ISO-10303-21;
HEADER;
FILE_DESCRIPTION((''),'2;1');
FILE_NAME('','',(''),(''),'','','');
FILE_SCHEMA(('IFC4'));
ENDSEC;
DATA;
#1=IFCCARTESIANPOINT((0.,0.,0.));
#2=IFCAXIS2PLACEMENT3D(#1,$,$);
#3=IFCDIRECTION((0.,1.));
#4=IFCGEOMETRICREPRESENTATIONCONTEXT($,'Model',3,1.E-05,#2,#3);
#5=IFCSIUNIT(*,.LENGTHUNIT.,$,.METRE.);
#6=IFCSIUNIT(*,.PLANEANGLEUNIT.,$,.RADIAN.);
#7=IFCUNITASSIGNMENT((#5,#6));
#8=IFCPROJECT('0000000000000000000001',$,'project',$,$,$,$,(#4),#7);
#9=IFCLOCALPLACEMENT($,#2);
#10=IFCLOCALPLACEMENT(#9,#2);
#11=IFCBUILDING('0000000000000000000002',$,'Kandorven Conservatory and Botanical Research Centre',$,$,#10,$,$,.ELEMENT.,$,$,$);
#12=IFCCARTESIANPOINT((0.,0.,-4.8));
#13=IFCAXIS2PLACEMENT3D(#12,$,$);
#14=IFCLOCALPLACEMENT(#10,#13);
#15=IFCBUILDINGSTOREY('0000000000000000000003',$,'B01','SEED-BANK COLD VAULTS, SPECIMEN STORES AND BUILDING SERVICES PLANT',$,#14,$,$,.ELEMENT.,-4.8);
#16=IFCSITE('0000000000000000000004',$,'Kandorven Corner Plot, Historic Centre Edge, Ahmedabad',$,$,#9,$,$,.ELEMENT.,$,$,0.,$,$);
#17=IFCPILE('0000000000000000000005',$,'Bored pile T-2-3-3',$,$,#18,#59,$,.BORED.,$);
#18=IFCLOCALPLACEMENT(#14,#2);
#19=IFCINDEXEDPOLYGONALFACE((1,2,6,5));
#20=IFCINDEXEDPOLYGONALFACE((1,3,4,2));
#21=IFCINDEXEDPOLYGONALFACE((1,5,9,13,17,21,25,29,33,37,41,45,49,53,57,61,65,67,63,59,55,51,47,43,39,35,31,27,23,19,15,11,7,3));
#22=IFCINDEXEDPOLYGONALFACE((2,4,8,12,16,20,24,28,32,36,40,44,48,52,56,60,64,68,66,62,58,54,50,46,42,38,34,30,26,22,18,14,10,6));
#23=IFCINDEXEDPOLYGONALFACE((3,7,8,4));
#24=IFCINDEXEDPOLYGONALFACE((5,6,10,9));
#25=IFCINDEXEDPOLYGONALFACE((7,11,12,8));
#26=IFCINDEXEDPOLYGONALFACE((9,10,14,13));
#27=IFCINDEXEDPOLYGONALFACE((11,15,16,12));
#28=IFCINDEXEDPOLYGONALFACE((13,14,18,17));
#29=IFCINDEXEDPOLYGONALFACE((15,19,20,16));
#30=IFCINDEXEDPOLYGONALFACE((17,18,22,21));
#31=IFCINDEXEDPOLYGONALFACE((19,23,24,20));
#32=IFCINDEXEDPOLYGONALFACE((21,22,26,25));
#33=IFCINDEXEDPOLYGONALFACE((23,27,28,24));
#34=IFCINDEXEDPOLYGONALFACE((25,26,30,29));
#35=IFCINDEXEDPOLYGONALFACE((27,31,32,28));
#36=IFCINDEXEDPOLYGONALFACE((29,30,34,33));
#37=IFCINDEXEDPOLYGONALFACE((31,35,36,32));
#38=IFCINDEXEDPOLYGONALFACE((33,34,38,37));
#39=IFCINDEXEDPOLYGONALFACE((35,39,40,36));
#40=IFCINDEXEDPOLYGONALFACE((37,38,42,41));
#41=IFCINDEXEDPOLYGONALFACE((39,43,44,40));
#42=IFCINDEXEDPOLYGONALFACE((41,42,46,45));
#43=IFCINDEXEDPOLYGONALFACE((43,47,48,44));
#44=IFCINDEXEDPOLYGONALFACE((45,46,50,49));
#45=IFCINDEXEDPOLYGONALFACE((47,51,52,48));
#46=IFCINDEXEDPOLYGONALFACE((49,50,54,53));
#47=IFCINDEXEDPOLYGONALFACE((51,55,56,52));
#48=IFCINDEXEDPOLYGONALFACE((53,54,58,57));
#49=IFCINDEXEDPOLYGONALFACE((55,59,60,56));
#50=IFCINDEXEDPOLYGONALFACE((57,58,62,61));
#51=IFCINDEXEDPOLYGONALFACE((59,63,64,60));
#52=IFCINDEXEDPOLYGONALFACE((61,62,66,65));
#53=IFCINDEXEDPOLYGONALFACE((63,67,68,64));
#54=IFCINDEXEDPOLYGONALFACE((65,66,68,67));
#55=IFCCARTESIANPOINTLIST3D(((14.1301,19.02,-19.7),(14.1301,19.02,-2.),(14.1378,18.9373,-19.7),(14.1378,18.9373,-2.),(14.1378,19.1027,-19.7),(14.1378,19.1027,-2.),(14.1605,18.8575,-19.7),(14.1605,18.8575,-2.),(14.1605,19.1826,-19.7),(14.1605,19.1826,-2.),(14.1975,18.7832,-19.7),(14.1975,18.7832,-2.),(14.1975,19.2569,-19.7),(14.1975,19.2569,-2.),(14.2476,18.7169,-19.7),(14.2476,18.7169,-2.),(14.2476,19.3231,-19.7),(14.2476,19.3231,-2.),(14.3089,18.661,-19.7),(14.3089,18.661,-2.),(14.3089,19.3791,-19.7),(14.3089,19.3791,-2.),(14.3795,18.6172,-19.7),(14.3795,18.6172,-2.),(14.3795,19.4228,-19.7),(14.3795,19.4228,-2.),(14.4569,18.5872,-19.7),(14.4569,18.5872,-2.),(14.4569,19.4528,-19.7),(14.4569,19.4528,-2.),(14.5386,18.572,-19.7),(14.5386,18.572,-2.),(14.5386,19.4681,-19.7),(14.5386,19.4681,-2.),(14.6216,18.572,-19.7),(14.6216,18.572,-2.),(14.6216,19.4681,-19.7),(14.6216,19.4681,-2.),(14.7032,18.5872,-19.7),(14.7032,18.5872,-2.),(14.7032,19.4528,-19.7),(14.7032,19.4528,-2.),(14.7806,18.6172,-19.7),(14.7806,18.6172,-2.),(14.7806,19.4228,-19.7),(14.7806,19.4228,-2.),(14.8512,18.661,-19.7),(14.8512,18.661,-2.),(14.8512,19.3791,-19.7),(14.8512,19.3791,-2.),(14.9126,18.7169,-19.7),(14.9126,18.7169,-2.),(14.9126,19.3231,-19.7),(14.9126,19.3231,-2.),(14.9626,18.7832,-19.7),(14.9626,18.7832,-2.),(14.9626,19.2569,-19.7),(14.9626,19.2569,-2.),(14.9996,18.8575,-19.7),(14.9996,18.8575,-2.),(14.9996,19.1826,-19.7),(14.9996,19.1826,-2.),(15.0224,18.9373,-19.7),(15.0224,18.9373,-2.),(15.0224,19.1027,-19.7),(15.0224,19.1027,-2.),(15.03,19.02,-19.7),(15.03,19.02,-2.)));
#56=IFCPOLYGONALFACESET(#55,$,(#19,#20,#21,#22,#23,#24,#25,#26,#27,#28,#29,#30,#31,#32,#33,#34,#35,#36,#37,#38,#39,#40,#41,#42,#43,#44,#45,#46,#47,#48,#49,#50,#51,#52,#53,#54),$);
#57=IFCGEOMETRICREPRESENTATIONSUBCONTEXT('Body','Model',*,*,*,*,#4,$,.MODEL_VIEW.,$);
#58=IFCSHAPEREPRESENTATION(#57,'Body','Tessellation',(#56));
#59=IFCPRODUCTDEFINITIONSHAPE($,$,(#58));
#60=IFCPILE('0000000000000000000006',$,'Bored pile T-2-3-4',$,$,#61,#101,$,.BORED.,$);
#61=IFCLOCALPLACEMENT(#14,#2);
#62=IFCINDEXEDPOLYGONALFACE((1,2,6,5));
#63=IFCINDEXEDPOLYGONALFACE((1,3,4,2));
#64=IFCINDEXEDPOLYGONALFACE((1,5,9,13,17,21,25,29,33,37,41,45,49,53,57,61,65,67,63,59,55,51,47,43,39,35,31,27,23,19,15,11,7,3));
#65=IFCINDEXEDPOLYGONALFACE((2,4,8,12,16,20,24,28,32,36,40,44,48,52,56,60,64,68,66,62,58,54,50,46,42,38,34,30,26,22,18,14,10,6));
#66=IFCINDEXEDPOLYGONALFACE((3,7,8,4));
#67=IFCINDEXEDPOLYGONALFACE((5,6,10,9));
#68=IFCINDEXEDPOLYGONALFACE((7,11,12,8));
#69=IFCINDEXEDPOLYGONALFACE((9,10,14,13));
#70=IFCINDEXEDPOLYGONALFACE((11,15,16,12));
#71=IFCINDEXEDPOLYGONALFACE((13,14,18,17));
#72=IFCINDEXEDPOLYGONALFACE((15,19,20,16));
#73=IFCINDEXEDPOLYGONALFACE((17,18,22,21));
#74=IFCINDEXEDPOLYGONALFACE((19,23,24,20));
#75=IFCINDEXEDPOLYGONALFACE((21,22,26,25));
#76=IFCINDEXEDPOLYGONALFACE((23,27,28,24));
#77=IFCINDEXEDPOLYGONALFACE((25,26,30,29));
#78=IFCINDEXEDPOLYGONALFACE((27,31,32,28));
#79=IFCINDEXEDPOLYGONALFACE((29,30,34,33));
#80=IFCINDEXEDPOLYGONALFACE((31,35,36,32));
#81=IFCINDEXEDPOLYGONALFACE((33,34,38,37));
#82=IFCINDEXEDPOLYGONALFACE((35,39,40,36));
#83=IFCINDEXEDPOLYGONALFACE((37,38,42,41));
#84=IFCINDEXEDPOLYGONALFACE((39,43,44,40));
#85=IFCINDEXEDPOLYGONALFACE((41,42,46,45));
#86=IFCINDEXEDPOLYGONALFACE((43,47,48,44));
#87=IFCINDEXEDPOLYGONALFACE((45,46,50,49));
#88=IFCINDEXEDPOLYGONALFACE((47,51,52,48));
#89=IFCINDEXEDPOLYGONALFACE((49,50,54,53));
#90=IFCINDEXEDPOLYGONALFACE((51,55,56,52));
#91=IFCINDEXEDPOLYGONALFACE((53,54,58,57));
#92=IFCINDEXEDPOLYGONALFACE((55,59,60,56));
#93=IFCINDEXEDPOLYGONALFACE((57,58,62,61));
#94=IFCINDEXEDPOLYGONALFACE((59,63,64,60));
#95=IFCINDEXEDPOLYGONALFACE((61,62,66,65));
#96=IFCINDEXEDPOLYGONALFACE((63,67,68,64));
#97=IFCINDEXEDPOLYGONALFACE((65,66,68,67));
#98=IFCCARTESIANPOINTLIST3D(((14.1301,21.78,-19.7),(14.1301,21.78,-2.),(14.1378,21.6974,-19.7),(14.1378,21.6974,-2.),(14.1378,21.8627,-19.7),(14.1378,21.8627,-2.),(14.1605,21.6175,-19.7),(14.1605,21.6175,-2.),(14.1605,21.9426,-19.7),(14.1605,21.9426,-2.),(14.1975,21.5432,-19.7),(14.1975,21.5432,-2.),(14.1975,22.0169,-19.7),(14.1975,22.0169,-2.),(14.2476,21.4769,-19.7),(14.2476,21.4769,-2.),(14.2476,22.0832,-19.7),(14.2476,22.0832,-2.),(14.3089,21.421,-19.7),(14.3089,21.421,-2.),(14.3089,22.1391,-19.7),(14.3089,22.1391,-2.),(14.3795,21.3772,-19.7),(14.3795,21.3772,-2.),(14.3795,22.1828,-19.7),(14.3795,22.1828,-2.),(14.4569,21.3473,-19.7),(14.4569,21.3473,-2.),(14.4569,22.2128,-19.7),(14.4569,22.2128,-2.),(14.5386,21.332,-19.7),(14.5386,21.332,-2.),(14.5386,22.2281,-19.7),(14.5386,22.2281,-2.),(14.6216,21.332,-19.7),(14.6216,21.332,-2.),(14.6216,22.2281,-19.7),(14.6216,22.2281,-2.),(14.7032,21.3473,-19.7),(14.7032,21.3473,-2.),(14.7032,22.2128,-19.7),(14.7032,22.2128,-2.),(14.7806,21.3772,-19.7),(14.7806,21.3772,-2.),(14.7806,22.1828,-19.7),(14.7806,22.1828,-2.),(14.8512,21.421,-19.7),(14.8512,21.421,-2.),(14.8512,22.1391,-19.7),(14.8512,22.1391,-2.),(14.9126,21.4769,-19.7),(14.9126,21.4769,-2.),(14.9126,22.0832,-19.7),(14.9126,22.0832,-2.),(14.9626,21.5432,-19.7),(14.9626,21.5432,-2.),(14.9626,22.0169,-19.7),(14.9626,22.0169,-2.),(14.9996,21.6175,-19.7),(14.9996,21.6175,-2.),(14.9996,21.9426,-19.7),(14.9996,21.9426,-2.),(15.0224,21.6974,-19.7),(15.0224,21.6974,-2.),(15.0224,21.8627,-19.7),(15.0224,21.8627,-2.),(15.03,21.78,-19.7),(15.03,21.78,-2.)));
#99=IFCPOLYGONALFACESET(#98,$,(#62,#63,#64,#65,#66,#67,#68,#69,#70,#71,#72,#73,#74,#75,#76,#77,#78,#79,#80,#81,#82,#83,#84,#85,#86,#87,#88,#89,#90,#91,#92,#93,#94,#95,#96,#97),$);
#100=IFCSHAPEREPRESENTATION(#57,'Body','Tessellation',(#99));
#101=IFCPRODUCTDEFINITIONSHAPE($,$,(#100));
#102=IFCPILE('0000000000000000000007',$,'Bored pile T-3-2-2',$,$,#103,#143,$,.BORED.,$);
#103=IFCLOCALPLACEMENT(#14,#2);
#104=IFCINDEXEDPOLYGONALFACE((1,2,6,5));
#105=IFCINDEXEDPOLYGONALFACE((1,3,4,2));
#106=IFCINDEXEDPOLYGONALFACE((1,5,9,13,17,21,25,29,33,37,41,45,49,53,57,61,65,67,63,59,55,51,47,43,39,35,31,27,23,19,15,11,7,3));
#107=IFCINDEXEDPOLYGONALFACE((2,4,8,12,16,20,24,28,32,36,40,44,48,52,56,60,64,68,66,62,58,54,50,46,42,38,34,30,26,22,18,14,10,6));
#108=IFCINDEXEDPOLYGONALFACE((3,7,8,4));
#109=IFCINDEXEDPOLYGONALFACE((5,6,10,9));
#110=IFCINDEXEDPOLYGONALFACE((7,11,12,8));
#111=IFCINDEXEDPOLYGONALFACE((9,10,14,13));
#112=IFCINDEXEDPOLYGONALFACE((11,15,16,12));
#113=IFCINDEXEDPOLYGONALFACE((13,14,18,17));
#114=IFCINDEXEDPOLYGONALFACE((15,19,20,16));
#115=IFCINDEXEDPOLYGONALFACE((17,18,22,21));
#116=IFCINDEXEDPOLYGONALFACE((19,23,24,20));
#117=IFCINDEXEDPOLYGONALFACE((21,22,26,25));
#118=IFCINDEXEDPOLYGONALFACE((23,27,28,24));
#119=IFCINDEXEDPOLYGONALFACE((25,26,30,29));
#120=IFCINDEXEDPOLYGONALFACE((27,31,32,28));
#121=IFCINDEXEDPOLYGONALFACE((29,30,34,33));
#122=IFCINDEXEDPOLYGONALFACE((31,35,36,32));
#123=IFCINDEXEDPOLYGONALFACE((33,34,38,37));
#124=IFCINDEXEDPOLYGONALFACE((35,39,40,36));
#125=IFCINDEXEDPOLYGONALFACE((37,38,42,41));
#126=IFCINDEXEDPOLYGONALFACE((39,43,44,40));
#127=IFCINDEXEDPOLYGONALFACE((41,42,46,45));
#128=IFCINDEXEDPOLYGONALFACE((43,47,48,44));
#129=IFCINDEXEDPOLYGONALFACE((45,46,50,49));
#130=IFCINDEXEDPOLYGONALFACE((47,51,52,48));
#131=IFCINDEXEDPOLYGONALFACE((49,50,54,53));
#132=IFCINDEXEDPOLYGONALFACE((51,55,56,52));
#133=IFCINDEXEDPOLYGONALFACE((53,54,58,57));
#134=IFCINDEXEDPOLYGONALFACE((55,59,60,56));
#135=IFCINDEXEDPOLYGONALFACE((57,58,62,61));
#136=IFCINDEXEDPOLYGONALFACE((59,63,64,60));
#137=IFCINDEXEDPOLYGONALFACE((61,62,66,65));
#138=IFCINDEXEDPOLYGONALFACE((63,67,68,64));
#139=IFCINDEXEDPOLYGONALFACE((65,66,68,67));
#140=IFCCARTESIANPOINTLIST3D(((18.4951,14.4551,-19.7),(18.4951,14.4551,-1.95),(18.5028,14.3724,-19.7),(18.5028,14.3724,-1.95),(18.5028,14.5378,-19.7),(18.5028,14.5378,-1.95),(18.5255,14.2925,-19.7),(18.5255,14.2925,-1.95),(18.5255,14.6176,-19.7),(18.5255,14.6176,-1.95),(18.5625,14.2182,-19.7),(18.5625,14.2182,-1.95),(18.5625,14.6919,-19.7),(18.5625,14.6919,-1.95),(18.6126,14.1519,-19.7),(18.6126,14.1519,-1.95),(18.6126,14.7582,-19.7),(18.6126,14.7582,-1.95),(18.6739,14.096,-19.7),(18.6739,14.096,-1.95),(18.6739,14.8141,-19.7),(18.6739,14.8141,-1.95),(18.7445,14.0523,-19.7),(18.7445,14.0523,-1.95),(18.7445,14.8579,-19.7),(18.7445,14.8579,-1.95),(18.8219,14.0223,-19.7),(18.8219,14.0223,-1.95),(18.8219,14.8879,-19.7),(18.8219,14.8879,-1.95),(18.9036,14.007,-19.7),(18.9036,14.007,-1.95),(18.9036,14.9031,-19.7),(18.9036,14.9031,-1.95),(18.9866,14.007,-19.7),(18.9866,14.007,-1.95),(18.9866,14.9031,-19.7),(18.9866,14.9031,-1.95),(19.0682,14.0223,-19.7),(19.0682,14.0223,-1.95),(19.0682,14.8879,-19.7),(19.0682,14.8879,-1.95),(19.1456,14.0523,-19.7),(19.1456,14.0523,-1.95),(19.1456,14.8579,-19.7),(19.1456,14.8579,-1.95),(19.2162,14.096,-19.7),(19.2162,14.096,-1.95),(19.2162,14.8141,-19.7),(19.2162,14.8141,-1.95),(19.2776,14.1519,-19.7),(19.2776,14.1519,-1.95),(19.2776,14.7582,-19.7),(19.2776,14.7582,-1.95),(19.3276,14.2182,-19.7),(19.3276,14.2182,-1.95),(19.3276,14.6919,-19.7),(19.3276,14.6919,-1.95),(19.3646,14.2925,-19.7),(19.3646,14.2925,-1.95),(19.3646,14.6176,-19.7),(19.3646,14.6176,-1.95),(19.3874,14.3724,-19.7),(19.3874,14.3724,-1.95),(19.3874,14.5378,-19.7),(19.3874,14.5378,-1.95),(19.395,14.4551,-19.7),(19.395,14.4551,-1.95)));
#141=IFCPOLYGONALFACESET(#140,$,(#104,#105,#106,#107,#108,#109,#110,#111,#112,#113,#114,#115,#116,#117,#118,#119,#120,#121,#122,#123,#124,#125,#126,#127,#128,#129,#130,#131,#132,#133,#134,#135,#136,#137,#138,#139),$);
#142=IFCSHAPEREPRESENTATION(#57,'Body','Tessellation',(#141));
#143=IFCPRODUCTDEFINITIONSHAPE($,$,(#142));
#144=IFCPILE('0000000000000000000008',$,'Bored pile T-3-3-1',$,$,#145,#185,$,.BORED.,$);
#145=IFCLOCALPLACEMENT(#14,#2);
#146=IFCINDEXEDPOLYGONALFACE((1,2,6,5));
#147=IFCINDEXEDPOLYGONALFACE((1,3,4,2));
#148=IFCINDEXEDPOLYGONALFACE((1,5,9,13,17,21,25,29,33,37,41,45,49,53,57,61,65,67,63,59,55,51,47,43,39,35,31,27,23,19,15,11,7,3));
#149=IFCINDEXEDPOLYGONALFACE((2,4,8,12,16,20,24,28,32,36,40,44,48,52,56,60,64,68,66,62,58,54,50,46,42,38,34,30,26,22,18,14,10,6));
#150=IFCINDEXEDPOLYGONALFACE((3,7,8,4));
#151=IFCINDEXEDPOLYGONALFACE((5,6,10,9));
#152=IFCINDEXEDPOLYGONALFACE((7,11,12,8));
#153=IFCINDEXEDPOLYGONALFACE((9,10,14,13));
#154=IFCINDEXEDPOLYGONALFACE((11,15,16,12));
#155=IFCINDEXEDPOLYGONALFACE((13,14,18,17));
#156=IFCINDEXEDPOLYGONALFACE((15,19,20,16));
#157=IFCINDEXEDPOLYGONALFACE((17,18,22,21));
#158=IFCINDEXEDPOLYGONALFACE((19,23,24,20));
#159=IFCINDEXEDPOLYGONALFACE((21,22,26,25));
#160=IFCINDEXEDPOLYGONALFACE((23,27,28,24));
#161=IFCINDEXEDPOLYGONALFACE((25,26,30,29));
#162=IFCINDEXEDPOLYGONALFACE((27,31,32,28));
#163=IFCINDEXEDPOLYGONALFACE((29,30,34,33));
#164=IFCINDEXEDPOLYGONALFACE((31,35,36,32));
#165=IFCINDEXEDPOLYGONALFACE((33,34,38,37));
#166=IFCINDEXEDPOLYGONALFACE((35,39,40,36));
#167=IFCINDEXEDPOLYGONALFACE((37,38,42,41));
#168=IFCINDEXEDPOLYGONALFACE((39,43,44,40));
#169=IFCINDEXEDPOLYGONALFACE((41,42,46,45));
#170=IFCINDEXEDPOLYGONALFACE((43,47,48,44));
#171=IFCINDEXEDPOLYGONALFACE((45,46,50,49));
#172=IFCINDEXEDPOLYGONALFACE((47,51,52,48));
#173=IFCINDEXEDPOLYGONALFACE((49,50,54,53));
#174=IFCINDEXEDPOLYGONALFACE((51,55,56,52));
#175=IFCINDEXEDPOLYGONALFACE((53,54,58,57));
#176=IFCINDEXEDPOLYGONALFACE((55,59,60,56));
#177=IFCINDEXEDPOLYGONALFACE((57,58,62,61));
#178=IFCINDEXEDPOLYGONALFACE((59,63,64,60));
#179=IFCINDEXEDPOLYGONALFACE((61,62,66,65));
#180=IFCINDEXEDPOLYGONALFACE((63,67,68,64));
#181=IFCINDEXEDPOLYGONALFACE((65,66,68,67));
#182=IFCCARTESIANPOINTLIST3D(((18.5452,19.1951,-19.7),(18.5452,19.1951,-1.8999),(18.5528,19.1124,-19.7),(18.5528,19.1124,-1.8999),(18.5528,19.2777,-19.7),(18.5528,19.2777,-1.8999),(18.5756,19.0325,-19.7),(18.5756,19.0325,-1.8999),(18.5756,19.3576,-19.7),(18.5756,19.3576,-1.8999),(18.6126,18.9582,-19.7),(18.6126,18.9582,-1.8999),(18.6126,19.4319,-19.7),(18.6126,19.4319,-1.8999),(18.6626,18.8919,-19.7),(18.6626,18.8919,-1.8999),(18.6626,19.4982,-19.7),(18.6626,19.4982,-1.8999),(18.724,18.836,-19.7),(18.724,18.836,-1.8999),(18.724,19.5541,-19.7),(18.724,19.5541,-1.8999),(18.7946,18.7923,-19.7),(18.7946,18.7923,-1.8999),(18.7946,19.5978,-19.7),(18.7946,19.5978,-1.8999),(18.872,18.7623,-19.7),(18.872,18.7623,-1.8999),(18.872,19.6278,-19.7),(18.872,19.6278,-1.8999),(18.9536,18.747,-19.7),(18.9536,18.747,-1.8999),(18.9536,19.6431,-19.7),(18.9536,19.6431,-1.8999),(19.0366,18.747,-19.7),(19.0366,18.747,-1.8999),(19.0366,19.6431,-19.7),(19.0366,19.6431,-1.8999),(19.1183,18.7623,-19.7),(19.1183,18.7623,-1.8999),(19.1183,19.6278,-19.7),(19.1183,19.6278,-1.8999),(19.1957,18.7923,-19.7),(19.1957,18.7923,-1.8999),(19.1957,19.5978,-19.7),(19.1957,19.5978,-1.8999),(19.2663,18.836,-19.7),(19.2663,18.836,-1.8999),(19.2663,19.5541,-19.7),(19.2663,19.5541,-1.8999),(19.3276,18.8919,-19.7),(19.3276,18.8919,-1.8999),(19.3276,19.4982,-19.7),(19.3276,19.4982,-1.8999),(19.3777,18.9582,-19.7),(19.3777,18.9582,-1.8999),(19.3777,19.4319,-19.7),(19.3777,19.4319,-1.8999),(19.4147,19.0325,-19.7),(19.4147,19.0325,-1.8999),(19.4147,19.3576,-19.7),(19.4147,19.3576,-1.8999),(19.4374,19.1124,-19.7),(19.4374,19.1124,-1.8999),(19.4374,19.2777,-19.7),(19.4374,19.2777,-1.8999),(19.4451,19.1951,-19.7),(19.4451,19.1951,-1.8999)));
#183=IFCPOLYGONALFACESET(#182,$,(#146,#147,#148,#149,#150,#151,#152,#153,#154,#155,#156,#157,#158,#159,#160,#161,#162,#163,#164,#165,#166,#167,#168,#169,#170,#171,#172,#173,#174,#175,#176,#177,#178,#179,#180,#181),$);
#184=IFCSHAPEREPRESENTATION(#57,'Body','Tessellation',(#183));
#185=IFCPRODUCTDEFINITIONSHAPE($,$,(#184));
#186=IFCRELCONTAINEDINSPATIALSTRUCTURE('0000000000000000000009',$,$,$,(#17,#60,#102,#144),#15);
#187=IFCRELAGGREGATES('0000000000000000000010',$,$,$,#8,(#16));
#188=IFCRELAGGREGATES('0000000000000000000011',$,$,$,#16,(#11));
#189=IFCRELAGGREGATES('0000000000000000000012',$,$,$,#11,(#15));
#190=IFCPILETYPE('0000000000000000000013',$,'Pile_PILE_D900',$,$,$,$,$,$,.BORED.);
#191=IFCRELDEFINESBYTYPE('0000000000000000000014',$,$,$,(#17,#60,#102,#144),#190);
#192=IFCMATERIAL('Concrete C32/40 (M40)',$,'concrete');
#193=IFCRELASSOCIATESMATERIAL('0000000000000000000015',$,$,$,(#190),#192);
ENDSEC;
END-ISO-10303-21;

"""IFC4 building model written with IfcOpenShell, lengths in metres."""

from ifc_helpers import new_model, si_unit, direction, frame, origin, origin_2d, place, context, subcontext, project, spatial, circle, extrude, material, material_profile, profile_set, type_object, element, save


model = new_model("IFC4")

# Units and contexts
model_context = context("Model", 3, precision=1e-05, world=origin(), true_north=direction((0.0, 1.0)))
body_context = subcontext(model_context, "Body", "Model", "MODEL_VIEW")
ifc_project = project(units=[si_unit("LENGTHUNIT", "METRE"), si_unit("PLANEANGLEUNIT", "RADIAN")], contexts=[model_context])

# Site, building, storey
site_placement = place(None, origin())
site = spatial("IfcSite", under=ifc_project, at=site_placement, Name="Kandorven Corner Plot, Historic Centre Edge, Ahmedabad", CompositionType="ELEMENT", RefElevation=0.0)
building_placement = place(site_placement, origin())
building = spatial("IfcBuilding", under=site, at=building_placement, Name="Kandorven Conservatory and Botanical Research Centre", CompositionType="ELEMENT")
storey_placement = place(building_placement, frame((0.0, 0.0, -4.8)))
storey = spatial("IfcBuildingStorey", under=building, at=storey_placement, Name="B01", Description="SEED-BANK COLD VAULTS, SPECIMEN STORES AND BUILDING SERVICES PLANT", CompositionType="ELEMENT", Elevation=-4.8)

# Piles
ifc_material_1 = material(Name="Concrete C32/40 (M40)", Category="concrete")
ifc_material_profile_1 = material_profile(ifc_material_1, circle(Radius=0.45, at=origin_2d()))
ifc_profile_set_1 = profile_set([ifc_material_profile_1], Name="Concrete C32/40 (M40)")
pile_type = type_object("IfcPileType", Name="Pile_PILE_D900", PredefinedType="BORED", material=ifc_profile_set_1)
for number, where, z_axis, x_axis, name in (
    (1, (14.5801, 19.02, -2.0), (0.0, 0.0, -1.0), (1.0, 0.0, 0.0), "Bored pile T-2-3-3"),
    (2, (14.5801, 21.78, -2.0), (0.0, 0.0, -1.0), (1.0, 0.0, 0.0), "Bored pile T-2-3-4"),
):
    element("IfcPile", number, at=place(storey_placement, frame(where, z_axis=z_axis, x_axis=x_axis)), inside=storey, type_object=pile_type, Name=name, PredefinedType="BORED", context=body_context, shape_type="SweptSolid", body=[
        extrude(circle(Radius=0.45, at=origin_2d()), origin(), (0.0, 0.0, 1.0), 17.7),
    ])
pile_1_placement = place(storey_placement, frame((18.9451, 14.4551, -1.95), z_axis=(0.0, 0.0, -1.0), x_axis=(1.0, 0.0, 0.0)))
element("IfcPile", 3, at=pile_1_placement, inside=storey, type_object=pile_type, Name="Bored pile T-3-2-2", PredefinedType="BORED", context=body_context, shape_type="SweptSolid", body=[
    extrude(circle(Radius=0.45, at=origin_2d()), origin(), (0.0, 0.0, 1.0), 17.75),
])
for number, where, z_axis, x_axis, name in (
    (4, (18.9951, 19.1951, -1.8999), (0.0, 0.0, -1.0), (1.0, 0.0, 0.0), "Bored pile T-3-3-1"),
):
    element("IfcPile", number, at=place(storey_placement, frame(where, z_axis=z_axis, x_axis=x_axis)), inside=storey, type_object=pile_type, Name=name, PredefinedType="BORED", context=body_context, shape_type="SweptSolid", body=[
        extrude(circle(Radius=0.45, at=origin_2d()), origin(), (0.0, 0.0, 1.0), 17.8),
    ])

save(model, "model.ifc")
